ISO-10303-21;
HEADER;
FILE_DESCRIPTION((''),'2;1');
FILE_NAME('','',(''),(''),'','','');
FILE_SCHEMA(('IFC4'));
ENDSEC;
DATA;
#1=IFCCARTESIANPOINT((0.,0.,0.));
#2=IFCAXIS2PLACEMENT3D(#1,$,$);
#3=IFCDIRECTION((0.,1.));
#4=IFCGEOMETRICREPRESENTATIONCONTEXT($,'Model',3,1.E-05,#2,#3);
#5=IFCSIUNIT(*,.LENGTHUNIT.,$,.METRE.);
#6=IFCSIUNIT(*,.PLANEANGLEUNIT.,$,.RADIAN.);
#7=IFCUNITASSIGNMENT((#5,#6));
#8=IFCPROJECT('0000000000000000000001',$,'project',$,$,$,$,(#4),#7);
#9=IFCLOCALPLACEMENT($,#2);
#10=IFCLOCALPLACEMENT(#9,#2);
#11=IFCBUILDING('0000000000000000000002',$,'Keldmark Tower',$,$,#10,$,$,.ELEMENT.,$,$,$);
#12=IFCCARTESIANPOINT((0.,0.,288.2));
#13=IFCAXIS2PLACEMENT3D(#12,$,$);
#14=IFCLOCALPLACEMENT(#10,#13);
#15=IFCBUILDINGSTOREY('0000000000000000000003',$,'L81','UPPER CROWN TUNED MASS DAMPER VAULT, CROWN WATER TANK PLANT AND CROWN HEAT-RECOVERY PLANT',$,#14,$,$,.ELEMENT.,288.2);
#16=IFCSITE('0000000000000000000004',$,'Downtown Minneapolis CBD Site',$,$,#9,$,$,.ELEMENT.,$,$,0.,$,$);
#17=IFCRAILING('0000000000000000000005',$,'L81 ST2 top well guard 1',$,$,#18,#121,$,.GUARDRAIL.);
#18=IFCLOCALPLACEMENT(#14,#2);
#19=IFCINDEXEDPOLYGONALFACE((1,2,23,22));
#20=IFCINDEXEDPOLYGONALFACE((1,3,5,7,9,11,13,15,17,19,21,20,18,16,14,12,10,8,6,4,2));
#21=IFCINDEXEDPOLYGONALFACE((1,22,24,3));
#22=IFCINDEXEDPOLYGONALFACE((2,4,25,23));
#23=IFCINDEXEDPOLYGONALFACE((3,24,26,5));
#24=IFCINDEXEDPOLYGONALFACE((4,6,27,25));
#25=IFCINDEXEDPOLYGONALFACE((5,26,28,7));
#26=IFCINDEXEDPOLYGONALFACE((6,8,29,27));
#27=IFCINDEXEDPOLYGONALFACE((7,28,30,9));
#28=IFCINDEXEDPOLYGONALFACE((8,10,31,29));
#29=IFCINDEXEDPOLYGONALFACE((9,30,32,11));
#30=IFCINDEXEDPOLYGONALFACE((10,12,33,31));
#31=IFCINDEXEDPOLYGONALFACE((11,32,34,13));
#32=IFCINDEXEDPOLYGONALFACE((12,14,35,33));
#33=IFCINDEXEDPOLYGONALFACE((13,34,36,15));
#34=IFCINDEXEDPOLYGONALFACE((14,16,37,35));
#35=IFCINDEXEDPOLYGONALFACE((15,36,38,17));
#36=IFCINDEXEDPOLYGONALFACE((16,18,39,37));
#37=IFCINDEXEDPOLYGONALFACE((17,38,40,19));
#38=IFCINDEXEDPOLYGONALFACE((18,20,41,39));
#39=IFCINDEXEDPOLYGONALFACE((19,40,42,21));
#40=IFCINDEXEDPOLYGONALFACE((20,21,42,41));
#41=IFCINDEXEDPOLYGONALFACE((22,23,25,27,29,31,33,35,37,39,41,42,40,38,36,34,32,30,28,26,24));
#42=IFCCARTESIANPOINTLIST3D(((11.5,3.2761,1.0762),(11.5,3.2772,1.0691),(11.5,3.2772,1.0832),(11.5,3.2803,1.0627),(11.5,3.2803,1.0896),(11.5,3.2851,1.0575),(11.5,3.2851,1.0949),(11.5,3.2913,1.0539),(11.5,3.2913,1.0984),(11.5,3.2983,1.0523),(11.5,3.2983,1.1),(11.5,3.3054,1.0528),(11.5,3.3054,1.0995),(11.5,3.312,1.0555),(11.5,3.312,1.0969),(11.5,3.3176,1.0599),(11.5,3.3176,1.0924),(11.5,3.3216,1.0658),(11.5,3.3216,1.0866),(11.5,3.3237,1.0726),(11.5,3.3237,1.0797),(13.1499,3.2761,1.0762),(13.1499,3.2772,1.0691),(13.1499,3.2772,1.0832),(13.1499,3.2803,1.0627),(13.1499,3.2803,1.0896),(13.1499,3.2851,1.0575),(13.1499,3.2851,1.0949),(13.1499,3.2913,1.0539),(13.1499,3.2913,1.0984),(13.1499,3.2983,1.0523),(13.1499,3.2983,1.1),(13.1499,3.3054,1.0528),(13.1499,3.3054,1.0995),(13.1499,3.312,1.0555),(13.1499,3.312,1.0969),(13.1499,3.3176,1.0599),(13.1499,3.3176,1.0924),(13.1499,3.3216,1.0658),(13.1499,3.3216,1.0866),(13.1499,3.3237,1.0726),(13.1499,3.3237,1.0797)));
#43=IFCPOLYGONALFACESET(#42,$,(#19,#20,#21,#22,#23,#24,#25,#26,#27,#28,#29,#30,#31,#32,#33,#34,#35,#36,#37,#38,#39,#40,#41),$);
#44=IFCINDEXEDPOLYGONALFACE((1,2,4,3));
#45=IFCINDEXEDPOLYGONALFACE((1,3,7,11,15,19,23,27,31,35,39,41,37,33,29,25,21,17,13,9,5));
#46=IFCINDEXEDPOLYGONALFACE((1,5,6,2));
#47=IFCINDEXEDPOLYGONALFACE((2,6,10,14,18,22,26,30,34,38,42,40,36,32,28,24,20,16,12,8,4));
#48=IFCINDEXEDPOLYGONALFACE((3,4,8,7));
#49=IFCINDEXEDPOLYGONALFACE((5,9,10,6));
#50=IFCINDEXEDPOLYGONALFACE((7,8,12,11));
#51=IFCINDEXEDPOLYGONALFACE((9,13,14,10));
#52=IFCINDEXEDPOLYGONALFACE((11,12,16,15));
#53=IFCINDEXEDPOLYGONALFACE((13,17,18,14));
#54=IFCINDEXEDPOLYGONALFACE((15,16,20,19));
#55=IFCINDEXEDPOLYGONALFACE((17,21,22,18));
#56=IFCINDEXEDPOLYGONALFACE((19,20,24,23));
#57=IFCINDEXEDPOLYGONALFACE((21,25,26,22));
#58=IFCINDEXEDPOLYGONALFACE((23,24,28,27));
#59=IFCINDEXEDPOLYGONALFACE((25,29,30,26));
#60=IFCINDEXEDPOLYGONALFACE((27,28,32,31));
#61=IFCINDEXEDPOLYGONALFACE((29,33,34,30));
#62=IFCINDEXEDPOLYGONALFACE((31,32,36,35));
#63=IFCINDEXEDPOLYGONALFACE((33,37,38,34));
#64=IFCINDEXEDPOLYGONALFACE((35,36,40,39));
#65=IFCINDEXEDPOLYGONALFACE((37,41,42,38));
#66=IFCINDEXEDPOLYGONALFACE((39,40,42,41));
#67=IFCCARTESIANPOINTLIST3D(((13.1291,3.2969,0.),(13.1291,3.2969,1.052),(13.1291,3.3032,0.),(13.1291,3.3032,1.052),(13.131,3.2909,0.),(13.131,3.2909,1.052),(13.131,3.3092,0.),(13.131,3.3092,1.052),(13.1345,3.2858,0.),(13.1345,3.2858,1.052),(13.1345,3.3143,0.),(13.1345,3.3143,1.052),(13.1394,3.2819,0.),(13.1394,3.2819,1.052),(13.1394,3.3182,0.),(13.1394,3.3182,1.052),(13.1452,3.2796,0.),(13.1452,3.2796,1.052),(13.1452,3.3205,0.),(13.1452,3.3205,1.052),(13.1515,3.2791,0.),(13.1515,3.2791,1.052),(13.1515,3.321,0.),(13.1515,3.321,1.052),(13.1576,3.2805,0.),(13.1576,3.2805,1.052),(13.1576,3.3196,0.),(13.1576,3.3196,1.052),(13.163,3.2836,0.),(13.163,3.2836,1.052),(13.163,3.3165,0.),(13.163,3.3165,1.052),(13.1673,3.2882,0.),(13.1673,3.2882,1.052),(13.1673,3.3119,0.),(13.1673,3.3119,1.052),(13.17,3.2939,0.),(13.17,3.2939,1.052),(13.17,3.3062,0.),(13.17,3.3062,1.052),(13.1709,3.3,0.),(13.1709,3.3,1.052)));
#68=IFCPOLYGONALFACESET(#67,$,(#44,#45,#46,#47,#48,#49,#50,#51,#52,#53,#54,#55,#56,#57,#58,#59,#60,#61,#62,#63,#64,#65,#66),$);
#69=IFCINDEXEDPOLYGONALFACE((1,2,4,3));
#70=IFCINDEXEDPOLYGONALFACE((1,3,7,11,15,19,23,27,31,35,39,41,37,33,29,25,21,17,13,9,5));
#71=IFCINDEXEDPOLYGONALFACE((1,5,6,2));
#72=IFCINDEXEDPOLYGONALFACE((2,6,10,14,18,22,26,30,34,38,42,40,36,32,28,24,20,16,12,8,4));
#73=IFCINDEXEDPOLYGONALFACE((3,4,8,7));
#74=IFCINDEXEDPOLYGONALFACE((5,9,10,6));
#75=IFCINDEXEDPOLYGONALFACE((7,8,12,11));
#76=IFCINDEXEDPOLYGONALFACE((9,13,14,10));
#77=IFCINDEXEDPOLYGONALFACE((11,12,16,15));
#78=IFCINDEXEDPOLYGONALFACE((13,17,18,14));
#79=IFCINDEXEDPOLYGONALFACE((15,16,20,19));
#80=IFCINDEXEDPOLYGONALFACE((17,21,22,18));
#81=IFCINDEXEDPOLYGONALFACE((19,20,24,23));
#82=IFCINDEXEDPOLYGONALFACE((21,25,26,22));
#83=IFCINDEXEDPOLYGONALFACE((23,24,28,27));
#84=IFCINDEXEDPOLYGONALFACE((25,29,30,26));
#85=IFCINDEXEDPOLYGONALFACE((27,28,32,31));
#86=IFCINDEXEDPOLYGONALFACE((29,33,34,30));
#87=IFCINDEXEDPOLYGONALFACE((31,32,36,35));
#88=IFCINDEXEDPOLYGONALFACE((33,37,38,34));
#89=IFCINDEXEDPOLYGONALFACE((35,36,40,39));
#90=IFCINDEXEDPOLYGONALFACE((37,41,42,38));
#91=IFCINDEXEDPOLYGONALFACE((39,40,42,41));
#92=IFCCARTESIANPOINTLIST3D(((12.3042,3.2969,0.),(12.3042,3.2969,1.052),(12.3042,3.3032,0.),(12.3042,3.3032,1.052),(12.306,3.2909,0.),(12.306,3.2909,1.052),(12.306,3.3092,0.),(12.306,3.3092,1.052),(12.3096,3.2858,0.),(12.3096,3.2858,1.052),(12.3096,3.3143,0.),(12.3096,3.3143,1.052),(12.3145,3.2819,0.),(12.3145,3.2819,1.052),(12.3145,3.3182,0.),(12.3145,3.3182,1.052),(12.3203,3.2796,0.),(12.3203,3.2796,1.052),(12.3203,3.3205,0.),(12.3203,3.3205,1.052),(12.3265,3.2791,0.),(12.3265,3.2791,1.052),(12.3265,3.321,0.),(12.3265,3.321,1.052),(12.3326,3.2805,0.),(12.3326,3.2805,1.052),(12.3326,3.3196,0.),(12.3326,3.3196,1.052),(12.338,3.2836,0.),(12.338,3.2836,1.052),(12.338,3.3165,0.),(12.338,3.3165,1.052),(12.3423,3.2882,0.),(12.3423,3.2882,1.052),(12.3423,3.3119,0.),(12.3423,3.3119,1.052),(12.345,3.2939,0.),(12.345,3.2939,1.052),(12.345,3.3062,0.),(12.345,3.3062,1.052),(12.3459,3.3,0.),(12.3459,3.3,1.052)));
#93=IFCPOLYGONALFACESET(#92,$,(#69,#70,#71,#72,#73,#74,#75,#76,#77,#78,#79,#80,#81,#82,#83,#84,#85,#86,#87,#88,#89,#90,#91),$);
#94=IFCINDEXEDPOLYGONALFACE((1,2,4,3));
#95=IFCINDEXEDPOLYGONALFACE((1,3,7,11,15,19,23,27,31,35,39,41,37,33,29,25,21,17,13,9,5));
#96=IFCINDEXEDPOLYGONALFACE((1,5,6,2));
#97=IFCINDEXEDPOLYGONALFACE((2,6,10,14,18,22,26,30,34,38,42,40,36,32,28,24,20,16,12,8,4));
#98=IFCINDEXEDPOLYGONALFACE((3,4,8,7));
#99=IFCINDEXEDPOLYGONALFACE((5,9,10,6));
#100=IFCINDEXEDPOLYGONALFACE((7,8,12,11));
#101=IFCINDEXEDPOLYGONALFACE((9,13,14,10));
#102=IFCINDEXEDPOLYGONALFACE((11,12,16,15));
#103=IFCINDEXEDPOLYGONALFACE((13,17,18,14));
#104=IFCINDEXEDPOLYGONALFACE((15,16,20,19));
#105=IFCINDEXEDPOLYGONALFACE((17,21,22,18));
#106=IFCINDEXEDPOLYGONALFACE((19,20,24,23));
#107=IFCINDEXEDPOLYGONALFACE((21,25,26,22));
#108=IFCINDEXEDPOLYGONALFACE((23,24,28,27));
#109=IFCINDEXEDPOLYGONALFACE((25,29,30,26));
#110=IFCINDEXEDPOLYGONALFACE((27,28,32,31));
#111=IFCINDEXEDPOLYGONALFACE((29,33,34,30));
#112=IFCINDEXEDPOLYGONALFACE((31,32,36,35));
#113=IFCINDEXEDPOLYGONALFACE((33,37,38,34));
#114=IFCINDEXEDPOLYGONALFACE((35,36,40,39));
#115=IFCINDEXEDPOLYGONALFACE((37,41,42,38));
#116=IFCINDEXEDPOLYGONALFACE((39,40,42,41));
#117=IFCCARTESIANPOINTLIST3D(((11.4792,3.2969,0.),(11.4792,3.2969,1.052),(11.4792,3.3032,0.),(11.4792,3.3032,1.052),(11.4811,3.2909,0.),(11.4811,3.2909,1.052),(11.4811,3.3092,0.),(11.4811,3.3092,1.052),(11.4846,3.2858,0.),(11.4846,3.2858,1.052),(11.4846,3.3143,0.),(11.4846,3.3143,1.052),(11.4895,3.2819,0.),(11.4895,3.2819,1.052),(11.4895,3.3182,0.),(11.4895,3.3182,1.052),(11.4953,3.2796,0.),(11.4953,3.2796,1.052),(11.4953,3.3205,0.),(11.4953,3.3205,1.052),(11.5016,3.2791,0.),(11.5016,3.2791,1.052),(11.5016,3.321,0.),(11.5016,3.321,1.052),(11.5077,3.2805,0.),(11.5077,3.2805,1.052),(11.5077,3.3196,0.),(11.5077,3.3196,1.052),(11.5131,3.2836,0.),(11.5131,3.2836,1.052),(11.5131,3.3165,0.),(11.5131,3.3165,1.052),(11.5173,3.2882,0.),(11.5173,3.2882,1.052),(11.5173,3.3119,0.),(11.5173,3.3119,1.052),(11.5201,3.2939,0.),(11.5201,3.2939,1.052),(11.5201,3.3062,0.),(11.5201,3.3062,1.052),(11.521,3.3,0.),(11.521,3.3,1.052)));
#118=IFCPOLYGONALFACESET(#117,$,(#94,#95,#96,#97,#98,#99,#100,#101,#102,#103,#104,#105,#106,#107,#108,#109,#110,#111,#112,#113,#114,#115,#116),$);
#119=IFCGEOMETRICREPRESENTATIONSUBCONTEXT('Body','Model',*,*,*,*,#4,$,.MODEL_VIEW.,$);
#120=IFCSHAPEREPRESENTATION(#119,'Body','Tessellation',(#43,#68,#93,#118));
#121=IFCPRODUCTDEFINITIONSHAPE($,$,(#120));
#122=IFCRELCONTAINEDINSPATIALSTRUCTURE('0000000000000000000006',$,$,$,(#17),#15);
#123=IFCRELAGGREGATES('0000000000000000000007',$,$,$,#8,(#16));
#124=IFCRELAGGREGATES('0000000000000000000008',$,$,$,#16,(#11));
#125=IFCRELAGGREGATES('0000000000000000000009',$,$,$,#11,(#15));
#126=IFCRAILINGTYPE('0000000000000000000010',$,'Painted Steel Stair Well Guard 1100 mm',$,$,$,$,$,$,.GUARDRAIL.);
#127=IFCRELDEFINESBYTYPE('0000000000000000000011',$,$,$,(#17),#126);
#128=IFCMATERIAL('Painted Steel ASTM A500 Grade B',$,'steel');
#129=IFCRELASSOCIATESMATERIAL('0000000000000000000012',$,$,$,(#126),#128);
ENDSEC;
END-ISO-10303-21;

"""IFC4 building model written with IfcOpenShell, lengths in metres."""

from ifc_helpers import new_model, si_unit, direction, frame, origin, origin_2d, place, context, subcontext, project, spatial, circle, extrude, material, type_object, element, save


model = new_model("IFC4")

# Units and contexts
model_context = context("Model", 3, precision=1e-05, world=origin(), true_north=direction((0.0, 1.0)))
body_context = subcontext(model_context, "Body", "Model", "MODEL_VIEW")
ifc_project = project(units=[si_unit("LENGTHUNIT", "METRE"), si_unit("PLANEANGLEUNIT", "RADIAN")], contexts=[model_context])

# Site, building, storey
site_placement = place(None, origin())
site = spatial("IfcSite", under=ifc_project, at=site_placement, Name="Downtown Minneapolis CBD Site", CompositionType="ELEMENT", RefElevation=0.0)
building_placement = place(site_placement, origin())
building = spatial("IfcBuilding", under=site, at=building_placement, Name="Keldmark Tower", CompositionType="ELEMENT")
storey_placement = place(building_placement, frame((0.0, 0.0, 288.2)))
storey = spatial("IfcBuildingStorey", under=building, at=storey_placement, Name="L81", Description="UPPER CROWN TUNED MASS DAMPER VAULT, CROWN WATER TANK PLANT AND CROWN HEAT-RECOVERY PLANT", CompositionType="ELEMENT", Elevation=288.2)

# Railing
ifc_material_1 = material(Name="Painted Steel ASTM A500 Grade B", Category="steel")
railing_type = type_object("IfcRailingType", Name="Painted Steel Stair Well Guard 1100 mm", PredefinedType="GUARDRAIL", material=ifc_material_1)
railing_placement = place(storey_placement, frame((13.1499, 3.3, 0.0)))
element("IfcRailing", 1, at=railing_placement, inside=storey, type_object=railing_type, Name="L81 ST2 top well guard 1", PredefinedType="GUARDRAIL", context=body_context, shape_type="SweptSolid", body=[
    extrude(circle(Radius=0.0239, at=origin_2d()), frame((0.0, 0.0, 1.0762), z_axis=(-1.0, 0.0, 0.0), x_axis=(0.0, -1.0, 0.0)), (0.0, 0.0, 1.0), 1.6499),
    extrude(circle(Radius=0.021, at=origin_2d()), origin(), (0.0, 0.0, 1.0), 1.052),
    extrude(circle(Radius=0.021, at=origin_2d()), frame((-0.825, 0.0, 0.0)), (0.0, 0.0, 1.0), 1.052),
    extrude(circle(Radius=0.021, at=origin_2d()), frame((-1.6499, 0.0, 0.0)), (0.0, 0.0, 1.0), 1.052),
])

save(model, "model.ifc")
